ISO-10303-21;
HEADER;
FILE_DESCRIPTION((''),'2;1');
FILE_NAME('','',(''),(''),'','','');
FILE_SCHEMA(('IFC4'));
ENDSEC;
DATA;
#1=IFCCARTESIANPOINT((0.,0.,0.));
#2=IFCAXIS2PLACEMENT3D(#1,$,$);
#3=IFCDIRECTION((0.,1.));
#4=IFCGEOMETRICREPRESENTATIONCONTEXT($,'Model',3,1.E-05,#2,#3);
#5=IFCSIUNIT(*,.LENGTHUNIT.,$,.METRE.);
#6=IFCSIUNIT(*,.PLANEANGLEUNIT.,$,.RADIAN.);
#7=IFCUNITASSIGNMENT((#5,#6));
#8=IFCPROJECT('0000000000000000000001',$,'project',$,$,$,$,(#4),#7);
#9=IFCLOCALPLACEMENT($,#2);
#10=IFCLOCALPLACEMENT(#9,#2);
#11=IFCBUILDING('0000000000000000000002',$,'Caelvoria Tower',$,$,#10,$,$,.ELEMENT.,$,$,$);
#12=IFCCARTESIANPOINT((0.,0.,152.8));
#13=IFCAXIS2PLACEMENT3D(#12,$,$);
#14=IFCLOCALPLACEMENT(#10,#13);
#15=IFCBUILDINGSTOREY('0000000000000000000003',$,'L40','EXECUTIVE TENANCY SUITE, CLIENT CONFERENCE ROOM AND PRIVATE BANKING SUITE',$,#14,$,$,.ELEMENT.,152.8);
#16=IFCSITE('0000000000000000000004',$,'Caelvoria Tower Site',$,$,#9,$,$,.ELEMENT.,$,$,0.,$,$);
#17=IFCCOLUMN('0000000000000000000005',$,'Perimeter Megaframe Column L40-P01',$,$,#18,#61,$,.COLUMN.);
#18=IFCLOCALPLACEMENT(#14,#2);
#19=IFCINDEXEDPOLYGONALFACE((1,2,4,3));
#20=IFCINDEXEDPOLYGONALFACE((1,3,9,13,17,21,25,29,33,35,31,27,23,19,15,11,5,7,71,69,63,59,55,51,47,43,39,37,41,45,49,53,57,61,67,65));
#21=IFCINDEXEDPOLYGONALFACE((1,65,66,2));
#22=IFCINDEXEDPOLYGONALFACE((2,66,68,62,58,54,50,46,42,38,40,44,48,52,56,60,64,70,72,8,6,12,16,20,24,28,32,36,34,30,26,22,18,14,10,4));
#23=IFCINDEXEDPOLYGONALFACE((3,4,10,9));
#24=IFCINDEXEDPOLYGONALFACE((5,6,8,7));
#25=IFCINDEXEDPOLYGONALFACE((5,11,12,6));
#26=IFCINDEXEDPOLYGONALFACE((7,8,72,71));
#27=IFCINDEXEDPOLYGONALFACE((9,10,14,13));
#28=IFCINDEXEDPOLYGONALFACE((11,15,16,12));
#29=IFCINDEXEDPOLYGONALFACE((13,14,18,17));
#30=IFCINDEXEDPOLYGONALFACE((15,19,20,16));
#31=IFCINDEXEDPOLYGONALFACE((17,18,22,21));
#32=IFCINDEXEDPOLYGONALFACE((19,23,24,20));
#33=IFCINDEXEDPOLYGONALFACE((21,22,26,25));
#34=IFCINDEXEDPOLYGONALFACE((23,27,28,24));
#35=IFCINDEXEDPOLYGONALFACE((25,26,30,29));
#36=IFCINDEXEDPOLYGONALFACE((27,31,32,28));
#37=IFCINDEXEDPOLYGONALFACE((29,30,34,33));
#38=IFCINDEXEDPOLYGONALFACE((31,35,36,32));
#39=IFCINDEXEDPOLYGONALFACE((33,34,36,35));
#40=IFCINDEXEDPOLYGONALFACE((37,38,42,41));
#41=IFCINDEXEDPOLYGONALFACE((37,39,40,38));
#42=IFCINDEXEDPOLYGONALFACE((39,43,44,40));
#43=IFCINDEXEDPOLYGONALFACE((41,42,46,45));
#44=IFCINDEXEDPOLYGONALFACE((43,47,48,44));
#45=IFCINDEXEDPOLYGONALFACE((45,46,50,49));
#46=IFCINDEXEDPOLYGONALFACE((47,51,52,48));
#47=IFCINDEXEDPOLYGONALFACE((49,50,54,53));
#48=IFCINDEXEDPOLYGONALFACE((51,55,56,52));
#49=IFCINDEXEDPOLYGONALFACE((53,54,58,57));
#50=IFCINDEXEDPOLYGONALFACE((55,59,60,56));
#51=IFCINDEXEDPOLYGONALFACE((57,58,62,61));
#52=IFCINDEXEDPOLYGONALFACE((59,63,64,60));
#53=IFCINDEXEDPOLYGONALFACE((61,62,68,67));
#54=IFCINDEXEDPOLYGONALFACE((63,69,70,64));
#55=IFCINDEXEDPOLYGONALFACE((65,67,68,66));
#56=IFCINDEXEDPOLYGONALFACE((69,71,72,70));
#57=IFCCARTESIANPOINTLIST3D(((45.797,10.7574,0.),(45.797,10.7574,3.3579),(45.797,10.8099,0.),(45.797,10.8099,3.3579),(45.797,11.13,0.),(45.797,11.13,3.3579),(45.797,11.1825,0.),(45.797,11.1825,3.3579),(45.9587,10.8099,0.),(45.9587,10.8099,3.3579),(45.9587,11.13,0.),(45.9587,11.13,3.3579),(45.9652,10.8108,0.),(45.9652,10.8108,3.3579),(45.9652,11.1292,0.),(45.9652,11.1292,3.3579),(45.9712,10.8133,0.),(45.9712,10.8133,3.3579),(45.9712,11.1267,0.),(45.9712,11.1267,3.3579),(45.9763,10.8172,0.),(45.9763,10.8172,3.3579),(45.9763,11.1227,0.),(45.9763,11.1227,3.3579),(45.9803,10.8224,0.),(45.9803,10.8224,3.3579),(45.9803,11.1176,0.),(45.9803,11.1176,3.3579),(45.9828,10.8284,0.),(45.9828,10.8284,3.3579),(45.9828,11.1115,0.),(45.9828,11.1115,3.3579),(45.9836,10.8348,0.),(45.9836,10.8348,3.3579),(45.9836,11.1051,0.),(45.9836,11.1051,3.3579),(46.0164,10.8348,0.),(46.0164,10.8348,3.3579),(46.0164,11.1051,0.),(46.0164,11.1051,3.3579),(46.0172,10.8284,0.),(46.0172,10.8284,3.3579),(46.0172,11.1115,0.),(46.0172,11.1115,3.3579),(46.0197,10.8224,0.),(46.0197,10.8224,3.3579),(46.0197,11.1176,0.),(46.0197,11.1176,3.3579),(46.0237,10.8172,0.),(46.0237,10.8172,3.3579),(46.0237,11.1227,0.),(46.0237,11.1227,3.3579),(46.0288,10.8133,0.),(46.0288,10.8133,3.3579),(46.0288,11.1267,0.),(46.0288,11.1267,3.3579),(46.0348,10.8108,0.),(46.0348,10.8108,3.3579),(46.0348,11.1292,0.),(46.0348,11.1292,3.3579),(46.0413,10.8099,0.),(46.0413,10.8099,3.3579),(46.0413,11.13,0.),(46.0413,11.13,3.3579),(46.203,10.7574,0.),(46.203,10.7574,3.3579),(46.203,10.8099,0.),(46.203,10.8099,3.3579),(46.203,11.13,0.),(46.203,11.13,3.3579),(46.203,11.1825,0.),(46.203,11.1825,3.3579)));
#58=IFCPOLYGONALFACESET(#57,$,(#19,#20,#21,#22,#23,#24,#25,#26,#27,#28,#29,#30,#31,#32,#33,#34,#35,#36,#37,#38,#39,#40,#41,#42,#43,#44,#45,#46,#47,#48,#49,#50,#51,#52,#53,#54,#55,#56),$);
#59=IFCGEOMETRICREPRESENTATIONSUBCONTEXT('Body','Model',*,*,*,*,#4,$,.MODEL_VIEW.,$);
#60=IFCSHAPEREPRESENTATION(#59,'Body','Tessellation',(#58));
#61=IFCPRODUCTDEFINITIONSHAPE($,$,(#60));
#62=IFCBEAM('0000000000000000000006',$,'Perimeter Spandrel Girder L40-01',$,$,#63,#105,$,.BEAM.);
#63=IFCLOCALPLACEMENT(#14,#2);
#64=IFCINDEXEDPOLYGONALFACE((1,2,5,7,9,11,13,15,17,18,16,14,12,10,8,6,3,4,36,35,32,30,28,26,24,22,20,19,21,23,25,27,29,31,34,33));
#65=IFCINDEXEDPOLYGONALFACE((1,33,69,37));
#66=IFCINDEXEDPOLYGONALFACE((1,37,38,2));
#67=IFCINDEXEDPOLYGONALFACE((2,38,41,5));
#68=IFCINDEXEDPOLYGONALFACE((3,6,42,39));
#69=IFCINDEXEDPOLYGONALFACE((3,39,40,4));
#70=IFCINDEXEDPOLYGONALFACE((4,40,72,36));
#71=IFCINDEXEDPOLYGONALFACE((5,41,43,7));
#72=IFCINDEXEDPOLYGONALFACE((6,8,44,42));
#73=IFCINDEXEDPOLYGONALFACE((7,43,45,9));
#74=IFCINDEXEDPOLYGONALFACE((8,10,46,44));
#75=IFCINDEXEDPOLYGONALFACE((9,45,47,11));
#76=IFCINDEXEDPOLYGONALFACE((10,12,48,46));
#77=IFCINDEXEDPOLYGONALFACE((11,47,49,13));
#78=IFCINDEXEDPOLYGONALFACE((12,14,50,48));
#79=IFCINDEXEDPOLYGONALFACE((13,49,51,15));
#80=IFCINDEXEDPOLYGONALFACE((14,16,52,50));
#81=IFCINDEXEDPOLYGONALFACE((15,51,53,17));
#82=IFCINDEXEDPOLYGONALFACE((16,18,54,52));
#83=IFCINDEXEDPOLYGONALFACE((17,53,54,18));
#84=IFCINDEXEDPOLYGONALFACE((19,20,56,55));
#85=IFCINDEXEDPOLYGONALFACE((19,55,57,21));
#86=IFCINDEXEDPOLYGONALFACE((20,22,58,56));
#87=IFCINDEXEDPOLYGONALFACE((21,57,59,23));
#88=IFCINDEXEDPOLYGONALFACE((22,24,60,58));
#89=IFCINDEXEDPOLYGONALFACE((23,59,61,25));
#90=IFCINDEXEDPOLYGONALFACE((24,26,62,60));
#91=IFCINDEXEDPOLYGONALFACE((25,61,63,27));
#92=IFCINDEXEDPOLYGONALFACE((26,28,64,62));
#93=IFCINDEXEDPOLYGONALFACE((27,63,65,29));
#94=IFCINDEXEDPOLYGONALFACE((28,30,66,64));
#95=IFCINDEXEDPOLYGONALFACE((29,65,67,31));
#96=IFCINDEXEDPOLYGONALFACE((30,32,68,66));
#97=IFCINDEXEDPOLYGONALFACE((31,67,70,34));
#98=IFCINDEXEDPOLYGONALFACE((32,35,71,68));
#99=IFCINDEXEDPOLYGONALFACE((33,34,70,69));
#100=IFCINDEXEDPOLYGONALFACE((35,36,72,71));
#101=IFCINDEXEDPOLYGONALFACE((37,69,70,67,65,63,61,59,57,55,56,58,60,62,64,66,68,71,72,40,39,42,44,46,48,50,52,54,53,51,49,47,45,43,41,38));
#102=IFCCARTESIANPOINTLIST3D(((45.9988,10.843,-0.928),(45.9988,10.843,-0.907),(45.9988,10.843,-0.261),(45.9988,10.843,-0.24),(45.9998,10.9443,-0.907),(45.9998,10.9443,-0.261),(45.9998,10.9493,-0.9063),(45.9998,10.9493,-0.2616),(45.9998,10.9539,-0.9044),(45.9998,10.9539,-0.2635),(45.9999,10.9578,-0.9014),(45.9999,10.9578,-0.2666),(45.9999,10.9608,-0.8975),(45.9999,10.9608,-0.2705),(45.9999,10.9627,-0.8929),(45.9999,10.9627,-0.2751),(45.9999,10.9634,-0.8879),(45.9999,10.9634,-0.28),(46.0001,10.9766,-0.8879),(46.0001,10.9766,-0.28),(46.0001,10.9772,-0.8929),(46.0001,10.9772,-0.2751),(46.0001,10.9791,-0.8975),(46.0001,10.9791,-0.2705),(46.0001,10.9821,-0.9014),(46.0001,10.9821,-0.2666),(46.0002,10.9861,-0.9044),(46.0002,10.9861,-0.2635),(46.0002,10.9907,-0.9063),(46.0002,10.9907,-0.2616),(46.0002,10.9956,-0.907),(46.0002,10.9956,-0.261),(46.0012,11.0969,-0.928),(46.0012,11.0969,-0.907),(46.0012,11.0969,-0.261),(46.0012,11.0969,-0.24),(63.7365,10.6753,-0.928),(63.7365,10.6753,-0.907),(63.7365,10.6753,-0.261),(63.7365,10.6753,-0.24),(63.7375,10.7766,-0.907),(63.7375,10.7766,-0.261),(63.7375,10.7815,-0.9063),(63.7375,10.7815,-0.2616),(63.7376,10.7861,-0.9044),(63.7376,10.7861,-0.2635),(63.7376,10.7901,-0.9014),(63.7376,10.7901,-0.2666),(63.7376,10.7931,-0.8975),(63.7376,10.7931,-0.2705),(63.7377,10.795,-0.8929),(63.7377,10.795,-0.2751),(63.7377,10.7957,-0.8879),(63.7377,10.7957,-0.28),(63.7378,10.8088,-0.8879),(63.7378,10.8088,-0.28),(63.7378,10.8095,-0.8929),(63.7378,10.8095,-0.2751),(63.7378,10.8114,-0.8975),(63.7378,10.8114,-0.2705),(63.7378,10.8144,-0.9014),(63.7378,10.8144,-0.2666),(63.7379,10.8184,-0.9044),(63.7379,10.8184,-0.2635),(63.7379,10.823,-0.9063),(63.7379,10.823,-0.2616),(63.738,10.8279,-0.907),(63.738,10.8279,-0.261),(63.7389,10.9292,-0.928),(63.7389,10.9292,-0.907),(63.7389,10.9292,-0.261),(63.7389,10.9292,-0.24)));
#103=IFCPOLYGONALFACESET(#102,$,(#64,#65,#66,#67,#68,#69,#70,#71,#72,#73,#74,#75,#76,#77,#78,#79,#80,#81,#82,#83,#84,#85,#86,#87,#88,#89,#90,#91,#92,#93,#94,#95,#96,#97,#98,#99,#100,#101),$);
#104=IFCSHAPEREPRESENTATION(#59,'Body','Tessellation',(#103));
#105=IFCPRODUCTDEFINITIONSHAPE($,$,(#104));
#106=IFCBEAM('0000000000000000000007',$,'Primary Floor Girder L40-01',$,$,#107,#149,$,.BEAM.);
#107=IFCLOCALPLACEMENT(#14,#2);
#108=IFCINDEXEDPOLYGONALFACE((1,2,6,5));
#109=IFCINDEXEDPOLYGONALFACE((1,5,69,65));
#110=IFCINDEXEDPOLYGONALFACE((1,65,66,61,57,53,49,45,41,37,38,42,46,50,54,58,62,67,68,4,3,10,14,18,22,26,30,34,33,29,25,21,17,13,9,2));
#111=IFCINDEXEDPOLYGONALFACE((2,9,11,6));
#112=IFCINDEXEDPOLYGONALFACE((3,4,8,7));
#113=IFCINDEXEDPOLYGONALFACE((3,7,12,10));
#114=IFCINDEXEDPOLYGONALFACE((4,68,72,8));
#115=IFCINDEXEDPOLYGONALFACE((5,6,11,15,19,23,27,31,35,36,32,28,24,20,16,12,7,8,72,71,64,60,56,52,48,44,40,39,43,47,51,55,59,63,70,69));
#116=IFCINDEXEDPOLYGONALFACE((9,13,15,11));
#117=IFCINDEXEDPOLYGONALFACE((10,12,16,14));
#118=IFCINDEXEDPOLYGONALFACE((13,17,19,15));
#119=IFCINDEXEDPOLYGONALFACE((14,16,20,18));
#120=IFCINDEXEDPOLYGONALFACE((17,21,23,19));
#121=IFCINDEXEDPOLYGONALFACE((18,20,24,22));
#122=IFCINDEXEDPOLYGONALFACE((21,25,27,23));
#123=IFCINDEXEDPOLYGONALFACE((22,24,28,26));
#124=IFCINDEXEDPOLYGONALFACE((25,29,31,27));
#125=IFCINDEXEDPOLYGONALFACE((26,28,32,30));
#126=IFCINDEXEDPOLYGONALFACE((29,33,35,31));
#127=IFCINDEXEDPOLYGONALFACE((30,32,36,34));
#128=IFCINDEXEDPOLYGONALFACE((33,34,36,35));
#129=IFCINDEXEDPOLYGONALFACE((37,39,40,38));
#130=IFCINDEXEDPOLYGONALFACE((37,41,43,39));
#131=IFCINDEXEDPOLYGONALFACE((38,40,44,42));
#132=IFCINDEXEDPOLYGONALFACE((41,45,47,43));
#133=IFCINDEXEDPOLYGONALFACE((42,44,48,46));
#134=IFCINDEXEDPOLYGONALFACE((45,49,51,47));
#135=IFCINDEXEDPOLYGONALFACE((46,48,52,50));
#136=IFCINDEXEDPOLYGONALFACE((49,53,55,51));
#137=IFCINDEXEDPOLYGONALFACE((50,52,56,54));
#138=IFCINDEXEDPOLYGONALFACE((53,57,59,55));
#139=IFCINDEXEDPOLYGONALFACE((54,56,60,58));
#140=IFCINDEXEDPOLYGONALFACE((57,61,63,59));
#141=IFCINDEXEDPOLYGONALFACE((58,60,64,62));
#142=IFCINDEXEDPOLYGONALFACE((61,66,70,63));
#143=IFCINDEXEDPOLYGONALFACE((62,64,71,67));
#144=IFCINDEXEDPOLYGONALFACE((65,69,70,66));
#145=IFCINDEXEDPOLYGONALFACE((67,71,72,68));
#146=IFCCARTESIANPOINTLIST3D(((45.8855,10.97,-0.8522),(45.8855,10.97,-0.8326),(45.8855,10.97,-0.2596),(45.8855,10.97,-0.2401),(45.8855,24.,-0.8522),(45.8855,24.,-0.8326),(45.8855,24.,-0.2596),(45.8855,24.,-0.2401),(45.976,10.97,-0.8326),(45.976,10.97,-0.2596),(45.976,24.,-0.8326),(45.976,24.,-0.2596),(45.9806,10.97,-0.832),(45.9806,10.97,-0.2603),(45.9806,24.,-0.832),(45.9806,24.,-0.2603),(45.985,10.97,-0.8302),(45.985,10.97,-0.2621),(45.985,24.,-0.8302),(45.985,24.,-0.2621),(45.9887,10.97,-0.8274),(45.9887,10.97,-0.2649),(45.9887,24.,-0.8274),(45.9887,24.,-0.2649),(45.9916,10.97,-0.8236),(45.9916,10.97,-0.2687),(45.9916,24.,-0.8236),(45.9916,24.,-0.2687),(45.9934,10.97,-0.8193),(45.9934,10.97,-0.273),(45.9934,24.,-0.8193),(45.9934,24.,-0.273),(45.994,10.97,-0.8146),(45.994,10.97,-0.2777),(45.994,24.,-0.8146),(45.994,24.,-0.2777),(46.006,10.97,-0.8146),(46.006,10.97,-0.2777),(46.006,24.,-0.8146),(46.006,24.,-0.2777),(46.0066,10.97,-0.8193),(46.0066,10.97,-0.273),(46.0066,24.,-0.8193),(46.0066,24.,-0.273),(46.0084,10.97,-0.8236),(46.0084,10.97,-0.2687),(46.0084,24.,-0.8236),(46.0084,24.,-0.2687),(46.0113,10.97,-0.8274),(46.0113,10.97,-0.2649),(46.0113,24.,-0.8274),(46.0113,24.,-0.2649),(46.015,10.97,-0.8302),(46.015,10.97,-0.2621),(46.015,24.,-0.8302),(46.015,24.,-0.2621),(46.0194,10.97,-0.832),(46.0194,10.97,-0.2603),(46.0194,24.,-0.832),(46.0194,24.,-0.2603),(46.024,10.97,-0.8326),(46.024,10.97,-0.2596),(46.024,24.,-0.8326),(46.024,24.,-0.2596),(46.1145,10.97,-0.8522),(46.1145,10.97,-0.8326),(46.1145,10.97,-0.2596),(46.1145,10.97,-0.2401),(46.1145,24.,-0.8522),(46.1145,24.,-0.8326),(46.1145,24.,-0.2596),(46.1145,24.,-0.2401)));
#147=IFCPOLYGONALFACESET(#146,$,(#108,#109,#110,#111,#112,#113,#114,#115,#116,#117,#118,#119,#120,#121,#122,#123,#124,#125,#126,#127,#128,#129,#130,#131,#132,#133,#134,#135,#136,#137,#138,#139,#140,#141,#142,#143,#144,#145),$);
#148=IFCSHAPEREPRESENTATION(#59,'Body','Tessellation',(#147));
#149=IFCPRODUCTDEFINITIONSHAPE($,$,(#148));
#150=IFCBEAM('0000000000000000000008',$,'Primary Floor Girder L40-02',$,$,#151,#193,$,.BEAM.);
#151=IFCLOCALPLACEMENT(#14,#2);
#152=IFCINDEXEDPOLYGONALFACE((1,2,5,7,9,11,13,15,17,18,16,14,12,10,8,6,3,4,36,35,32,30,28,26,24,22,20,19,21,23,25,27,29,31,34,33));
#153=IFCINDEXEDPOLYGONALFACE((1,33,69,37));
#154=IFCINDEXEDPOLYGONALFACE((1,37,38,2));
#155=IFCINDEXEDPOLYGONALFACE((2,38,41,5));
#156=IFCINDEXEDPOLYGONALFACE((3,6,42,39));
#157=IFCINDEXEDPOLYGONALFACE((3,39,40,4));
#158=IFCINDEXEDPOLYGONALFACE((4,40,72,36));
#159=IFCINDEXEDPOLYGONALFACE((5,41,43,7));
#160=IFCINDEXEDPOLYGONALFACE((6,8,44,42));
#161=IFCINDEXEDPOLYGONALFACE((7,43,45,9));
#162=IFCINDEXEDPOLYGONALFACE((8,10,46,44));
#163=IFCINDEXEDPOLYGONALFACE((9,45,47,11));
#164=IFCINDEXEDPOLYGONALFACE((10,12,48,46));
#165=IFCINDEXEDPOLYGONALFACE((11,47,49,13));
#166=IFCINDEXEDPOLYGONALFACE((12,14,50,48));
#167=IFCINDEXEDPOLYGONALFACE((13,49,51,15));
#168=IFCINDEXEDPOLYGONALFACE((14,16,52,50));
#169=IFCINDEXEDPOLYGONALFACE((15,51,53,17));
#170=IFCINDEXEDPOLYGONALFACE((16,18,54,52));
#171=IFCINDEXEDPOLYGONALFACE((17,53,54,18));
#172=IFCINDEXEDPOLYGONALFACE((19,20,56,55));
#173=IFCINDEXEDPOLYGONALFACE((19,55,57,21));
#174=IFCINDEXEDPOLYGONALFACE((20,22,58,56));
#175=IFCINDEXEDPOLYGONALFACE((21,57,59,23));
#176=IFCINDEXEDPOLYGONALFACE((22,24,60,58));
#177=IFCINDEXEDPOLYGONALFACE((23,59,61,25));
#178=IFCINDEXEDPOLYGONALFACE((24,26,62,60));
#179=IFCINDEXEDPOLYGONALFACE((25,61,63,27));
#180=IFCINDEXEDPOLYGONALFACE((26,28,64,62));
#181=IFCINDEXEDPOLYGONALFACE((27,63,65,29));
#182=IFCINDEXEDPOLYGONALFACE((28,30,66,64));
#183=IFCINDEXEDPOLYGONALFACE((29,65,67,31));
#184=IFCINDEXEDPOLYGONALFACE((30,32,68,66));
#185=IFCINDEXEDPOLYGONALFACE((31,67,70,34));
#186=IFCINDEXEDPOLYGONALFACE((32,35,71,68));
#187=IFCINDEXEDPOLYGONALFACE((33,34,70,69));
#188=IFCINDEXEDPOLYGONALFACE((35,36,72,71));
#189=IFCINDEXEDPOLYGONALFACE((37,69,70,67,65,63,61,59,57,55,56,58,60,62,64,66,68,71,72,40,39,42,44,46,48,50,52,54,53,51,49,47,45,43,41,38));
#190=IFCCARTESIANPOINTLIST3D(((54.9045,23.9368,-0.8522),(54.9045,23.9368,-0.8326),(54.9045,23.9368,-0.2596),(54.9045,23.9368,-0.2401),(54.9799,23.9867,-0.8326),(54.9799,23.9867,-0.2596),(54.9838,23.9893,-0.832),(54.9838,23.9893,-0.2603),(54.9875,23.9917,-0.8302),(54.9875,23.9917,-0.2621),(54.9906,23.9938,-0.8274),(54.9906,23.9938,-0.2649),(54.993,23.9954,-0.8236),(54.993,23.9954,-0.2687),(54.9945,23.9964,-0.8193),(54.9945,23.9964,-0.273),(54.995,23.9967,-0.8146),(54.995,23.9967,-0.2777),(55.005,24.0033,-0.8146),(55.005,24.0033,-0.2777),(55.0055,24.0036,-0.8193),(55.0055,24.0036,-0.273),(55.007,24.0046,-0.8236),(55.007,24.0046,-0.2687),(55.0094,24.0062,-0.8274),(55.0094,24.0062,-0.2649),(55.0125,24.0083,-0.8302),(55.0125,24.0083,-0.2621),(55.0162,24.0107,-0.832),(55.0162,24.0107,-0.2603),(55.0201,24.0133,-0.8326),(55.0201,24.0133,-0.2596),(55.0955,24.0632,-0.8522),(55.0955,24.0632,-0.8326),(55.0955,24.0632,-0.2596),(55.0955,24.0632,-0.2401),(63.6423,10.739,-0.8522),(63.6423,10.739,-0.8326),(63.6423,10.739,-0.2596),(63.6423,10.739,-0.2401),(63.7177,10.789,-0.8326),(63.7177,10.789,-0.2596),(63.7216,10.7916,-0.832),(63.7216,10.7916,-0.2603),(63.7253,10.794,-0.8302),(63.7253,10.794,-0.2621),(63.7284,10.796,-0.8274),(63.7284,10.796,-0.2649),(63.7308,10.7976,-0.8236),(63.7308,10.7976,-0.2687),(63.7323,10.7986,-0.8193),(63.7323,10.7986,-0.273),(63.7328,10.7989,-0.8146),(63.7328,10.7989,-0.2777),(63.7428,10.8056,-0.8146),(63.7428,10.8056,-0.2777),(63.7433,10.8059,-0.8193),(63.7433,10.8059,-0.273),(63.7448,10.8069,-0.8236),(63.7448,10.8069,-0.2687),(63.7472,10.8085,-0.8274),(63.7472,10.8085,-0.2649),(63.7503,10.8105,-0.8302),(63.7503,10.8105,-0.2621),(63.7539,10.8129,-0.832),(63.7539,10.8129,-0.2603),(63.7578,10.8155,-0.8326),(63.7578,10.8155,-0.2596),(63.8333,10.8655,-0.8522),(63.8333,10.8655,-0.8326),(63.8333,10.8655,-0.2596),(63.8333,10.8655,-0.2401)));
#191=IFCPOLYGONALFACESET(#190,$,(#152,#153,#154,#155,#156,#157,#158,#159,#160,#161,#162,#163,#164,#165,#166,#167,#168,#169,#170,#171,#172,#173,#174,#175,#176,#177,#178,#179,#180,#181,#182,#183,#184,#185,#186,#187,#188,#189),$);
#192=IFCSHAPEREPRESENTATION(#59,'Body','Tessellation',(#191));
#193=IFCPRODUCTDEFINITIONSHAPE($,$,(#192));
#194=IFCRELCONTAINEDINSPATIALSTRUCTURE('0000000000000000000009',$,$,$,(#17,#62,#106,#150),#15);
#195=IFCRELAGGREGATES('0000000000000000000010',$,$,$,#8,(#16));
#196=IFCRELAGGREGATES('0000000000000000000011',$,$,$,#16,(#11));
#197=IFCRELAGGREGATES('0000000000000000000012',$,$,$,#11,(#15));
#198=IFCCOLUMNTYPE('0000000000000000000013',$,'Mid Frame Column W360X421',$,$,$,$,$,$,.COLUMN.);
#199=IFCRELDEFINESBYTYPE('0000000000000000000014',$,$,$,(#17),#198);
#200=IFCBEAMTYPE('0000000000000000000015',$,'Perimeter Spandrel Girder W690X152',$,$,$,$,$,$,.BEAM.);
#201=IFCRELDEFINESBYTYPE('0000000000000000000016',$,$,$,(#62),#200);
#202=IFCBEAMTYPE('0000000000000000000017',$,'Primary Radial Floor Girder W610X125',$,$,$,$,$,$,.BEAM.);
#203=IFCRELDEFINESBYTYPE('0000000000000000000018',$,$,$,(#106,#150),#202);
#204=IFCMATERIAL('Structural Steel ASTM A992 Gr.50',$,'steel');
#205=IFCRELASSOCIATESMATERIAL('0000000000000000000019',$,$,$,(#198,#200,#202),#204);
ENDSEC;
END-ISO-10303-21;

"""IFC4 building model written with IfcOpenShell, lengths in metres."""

from ifc_helpers import new_model, si_unit, direction, frame, origin, origin_2d, place, context, subcontext, project, spatial, i_section, extrude, material, material_profile, profile_set, type_object, element, save


model = new_model("IFC4")

# Units and contexts
model_context = context("Model", 3, precision=1e-05, world=origin(), true_north=direction((0.0, 1.0)))
body_context = subcontext(model_context, "Body", "Model", "MODEL_VIEW")
ifc_project = project(units=[si_unit("LENGTHUNIT", "METRE"), si_unit("PLANEANGLEUNIT", "RADIAN")], contexts=[model_context])

# Site, building, storey
site_placement = place(None, origin())
site = spatial("IfcSite", under=ifc_project, at=site_placement, Name="Caelvoria Tower Site", CompositionType="ELEMENT", RefElevation=0.0)
building_placement = place(site_placement, origin())
building = spatial("IfcBuilding", under=site, at=building_placement, Name="Caelvoria Tower", CompositionType="ELEMENT")
storey_placement = place(building_placement, frame((0.0, 0.0, 152.8)))
storey = spatial("IfcBuildingStorey", under=building, at=storey_placement, Name="L40", Description="EXECUTIVE TENANCY SUITE, CLIENT CONFERENCE ROOM AND PRIVATE BANKING SUITE", CompositionType="ELEMENT", Elevation=152.8)

# Column
ifc_material_1 = material(Name="Structural Steel ASTM A992 Gr.50", Category="steel")
ifc_material_profile_1 = material_profile(ifc_material_1, i_section(OverallWidth=0.406, OverallDepth=0.425, WebThickness=0.0327, FlangeThickness=0.0525, FilletRadius=0.0249, at=origin_2d()), Name="Structural Steel ASTM A992 Gr.50")
ifc_profile_set_1 = profile_set([ifc_material_profile_1], Name="W360X421 - Structural Steel ASTM A992 Gr.50")
column_type = type_object("IfcColumnType", Name="Mid Frame Column W360X421", PredefinedType="COLUMN", material=ifc_profile_set_1)
column_placement = place(storey_placement, frame((46.0, 10.97, 0.0), z_axis=(0.0, 0.0, 1.0), x_axis=(1.0, 0.0, 0.0)))
element("IfcColumn", 1, at=column_placement, inside=storey, type_object=column_type, Name="Perimeter Megaframe Column L40-P01", PredefinedType="COLUMN", context=body_context, shape_type="SweptSolid", body=[
    extrude(i_section(OverallWidth=0.406, OverallDepth=0.425, WebThickness=0.0327, FlangeThickness=0.0525, FilletRadius=0.0249, at=origin_2d()), origin(), (0.0, 0.0, 1.0), 3.3579),
])

# Beams
ifc_material_profile_2 = material_profile(ifc_material_1, i_section(OverallWidth=0.2539, OverallDepth=0.688, WebThickness=0.0132, FlangeThickness=0.021, FilletRadius=0.019, at=origin_2d()), Name="Structural Steel ASTM A992 Gr.50")
ifc_profile_set_2 = profile_set([ifc_material_profile_2], Name="W690X152 - Structural Steel ASTM A992 Gr.50")
beam_type_1 = type_object("IfcBeamType", Name="Perimeter Spandrel Girder W690X152", PredefinedType="BEAM", material=ifc_profile_set_2)
beam_1_placement = place(storey_placement, frame((46.0, 10.97, -0.584), z_axis=(0.999955, -0.009455, 0.0), x_axis=(0.009455, 0.999955, 0.0)))
element("IfcBeam", 2, at=beam_1_placement, inside=storey, type_object=beam_type_1, Name="Perimeter Spandrel Girder L40-01", PredefinedType="BEAM", context=body_context, shape_type="SweptSolid", body=[
    extrude(i_section(OverallWidth=0.2539, OverallDepth=0.688, WebThickness=0.0132, FlangeThickness=0.021, FilletRadius=0.019, at=origin_2d()), origin(), (0.0, 0.0, 1.0), 17.7385),
])
ifc_material_profile_3 = material_profile(ifc_material_1, i_section(OverallWidth=0.229, OverallDepth=0.6121, WebThickness=0.012, FlangeThickness=0.0195, FilletRadius=0.0181, at=origin_2d()), Name="Structural Steel ASTM A992 Gr.50")
ifc_profile_set_3 = profile_set([ifc_material_profile_3], Name="W610X125 - Structural Steel ASTM A992 Gr.50")
beam_type_2 = type_object("IfcBeamType", Name="Primary Radial Floor Girder W610X125", PredefinedType="BEAM", material=ifc_profile_set_3)
beam_2_placement = place(storey_placement, frame((46.0, 24.0, -0.5461), z_axis=(0.0, -1.0, 0.0), x_axis=(1.0, 0.0, 0.0)))
element("IfcBeam", 3, at=beam_2_placement, inside=storey, type_object=beam_type_2, Name="Primary Floor Girder L40-01", PredefinedType="BEAM", context=body_context, shape_type="SweptSolid", body=[
    extrude(i_section(OverallWidth=0.229, OverallDepth=0.6121, WebThickness=0.012, FlangeThickness=0.0195, FilletRadius=0.0181, at=origin_2d()), origin(), (0.0, 0.0, 1.0), 13.03),
])
beam_3_placement = place(storey_placement, frame((55.0, 24.0, -0.5461), z_axis=(0.552042, -0.833816, 0.0), x_axis=(0.833816, 0.552042, 0.0)))
element("IfcBeam", 4, at=beam_3_placement, inside=storey, type_object=beam_type_2, Name="Primary Floor Girder L40-02", PredefinedType="BEAM", context=body_context, shape_type="SweptSolid", body=[
    extrude(i_section(OverallWidth=0.229, OverallDepth=0.6121, WebThickness=0.012, FlangeThickness=0.0195, FilletRadius=0.0181, at=origin_2d()), origin(), (0.0, 0.0, 1.0), 15.8281),
])

save(model, "model.ifc")
